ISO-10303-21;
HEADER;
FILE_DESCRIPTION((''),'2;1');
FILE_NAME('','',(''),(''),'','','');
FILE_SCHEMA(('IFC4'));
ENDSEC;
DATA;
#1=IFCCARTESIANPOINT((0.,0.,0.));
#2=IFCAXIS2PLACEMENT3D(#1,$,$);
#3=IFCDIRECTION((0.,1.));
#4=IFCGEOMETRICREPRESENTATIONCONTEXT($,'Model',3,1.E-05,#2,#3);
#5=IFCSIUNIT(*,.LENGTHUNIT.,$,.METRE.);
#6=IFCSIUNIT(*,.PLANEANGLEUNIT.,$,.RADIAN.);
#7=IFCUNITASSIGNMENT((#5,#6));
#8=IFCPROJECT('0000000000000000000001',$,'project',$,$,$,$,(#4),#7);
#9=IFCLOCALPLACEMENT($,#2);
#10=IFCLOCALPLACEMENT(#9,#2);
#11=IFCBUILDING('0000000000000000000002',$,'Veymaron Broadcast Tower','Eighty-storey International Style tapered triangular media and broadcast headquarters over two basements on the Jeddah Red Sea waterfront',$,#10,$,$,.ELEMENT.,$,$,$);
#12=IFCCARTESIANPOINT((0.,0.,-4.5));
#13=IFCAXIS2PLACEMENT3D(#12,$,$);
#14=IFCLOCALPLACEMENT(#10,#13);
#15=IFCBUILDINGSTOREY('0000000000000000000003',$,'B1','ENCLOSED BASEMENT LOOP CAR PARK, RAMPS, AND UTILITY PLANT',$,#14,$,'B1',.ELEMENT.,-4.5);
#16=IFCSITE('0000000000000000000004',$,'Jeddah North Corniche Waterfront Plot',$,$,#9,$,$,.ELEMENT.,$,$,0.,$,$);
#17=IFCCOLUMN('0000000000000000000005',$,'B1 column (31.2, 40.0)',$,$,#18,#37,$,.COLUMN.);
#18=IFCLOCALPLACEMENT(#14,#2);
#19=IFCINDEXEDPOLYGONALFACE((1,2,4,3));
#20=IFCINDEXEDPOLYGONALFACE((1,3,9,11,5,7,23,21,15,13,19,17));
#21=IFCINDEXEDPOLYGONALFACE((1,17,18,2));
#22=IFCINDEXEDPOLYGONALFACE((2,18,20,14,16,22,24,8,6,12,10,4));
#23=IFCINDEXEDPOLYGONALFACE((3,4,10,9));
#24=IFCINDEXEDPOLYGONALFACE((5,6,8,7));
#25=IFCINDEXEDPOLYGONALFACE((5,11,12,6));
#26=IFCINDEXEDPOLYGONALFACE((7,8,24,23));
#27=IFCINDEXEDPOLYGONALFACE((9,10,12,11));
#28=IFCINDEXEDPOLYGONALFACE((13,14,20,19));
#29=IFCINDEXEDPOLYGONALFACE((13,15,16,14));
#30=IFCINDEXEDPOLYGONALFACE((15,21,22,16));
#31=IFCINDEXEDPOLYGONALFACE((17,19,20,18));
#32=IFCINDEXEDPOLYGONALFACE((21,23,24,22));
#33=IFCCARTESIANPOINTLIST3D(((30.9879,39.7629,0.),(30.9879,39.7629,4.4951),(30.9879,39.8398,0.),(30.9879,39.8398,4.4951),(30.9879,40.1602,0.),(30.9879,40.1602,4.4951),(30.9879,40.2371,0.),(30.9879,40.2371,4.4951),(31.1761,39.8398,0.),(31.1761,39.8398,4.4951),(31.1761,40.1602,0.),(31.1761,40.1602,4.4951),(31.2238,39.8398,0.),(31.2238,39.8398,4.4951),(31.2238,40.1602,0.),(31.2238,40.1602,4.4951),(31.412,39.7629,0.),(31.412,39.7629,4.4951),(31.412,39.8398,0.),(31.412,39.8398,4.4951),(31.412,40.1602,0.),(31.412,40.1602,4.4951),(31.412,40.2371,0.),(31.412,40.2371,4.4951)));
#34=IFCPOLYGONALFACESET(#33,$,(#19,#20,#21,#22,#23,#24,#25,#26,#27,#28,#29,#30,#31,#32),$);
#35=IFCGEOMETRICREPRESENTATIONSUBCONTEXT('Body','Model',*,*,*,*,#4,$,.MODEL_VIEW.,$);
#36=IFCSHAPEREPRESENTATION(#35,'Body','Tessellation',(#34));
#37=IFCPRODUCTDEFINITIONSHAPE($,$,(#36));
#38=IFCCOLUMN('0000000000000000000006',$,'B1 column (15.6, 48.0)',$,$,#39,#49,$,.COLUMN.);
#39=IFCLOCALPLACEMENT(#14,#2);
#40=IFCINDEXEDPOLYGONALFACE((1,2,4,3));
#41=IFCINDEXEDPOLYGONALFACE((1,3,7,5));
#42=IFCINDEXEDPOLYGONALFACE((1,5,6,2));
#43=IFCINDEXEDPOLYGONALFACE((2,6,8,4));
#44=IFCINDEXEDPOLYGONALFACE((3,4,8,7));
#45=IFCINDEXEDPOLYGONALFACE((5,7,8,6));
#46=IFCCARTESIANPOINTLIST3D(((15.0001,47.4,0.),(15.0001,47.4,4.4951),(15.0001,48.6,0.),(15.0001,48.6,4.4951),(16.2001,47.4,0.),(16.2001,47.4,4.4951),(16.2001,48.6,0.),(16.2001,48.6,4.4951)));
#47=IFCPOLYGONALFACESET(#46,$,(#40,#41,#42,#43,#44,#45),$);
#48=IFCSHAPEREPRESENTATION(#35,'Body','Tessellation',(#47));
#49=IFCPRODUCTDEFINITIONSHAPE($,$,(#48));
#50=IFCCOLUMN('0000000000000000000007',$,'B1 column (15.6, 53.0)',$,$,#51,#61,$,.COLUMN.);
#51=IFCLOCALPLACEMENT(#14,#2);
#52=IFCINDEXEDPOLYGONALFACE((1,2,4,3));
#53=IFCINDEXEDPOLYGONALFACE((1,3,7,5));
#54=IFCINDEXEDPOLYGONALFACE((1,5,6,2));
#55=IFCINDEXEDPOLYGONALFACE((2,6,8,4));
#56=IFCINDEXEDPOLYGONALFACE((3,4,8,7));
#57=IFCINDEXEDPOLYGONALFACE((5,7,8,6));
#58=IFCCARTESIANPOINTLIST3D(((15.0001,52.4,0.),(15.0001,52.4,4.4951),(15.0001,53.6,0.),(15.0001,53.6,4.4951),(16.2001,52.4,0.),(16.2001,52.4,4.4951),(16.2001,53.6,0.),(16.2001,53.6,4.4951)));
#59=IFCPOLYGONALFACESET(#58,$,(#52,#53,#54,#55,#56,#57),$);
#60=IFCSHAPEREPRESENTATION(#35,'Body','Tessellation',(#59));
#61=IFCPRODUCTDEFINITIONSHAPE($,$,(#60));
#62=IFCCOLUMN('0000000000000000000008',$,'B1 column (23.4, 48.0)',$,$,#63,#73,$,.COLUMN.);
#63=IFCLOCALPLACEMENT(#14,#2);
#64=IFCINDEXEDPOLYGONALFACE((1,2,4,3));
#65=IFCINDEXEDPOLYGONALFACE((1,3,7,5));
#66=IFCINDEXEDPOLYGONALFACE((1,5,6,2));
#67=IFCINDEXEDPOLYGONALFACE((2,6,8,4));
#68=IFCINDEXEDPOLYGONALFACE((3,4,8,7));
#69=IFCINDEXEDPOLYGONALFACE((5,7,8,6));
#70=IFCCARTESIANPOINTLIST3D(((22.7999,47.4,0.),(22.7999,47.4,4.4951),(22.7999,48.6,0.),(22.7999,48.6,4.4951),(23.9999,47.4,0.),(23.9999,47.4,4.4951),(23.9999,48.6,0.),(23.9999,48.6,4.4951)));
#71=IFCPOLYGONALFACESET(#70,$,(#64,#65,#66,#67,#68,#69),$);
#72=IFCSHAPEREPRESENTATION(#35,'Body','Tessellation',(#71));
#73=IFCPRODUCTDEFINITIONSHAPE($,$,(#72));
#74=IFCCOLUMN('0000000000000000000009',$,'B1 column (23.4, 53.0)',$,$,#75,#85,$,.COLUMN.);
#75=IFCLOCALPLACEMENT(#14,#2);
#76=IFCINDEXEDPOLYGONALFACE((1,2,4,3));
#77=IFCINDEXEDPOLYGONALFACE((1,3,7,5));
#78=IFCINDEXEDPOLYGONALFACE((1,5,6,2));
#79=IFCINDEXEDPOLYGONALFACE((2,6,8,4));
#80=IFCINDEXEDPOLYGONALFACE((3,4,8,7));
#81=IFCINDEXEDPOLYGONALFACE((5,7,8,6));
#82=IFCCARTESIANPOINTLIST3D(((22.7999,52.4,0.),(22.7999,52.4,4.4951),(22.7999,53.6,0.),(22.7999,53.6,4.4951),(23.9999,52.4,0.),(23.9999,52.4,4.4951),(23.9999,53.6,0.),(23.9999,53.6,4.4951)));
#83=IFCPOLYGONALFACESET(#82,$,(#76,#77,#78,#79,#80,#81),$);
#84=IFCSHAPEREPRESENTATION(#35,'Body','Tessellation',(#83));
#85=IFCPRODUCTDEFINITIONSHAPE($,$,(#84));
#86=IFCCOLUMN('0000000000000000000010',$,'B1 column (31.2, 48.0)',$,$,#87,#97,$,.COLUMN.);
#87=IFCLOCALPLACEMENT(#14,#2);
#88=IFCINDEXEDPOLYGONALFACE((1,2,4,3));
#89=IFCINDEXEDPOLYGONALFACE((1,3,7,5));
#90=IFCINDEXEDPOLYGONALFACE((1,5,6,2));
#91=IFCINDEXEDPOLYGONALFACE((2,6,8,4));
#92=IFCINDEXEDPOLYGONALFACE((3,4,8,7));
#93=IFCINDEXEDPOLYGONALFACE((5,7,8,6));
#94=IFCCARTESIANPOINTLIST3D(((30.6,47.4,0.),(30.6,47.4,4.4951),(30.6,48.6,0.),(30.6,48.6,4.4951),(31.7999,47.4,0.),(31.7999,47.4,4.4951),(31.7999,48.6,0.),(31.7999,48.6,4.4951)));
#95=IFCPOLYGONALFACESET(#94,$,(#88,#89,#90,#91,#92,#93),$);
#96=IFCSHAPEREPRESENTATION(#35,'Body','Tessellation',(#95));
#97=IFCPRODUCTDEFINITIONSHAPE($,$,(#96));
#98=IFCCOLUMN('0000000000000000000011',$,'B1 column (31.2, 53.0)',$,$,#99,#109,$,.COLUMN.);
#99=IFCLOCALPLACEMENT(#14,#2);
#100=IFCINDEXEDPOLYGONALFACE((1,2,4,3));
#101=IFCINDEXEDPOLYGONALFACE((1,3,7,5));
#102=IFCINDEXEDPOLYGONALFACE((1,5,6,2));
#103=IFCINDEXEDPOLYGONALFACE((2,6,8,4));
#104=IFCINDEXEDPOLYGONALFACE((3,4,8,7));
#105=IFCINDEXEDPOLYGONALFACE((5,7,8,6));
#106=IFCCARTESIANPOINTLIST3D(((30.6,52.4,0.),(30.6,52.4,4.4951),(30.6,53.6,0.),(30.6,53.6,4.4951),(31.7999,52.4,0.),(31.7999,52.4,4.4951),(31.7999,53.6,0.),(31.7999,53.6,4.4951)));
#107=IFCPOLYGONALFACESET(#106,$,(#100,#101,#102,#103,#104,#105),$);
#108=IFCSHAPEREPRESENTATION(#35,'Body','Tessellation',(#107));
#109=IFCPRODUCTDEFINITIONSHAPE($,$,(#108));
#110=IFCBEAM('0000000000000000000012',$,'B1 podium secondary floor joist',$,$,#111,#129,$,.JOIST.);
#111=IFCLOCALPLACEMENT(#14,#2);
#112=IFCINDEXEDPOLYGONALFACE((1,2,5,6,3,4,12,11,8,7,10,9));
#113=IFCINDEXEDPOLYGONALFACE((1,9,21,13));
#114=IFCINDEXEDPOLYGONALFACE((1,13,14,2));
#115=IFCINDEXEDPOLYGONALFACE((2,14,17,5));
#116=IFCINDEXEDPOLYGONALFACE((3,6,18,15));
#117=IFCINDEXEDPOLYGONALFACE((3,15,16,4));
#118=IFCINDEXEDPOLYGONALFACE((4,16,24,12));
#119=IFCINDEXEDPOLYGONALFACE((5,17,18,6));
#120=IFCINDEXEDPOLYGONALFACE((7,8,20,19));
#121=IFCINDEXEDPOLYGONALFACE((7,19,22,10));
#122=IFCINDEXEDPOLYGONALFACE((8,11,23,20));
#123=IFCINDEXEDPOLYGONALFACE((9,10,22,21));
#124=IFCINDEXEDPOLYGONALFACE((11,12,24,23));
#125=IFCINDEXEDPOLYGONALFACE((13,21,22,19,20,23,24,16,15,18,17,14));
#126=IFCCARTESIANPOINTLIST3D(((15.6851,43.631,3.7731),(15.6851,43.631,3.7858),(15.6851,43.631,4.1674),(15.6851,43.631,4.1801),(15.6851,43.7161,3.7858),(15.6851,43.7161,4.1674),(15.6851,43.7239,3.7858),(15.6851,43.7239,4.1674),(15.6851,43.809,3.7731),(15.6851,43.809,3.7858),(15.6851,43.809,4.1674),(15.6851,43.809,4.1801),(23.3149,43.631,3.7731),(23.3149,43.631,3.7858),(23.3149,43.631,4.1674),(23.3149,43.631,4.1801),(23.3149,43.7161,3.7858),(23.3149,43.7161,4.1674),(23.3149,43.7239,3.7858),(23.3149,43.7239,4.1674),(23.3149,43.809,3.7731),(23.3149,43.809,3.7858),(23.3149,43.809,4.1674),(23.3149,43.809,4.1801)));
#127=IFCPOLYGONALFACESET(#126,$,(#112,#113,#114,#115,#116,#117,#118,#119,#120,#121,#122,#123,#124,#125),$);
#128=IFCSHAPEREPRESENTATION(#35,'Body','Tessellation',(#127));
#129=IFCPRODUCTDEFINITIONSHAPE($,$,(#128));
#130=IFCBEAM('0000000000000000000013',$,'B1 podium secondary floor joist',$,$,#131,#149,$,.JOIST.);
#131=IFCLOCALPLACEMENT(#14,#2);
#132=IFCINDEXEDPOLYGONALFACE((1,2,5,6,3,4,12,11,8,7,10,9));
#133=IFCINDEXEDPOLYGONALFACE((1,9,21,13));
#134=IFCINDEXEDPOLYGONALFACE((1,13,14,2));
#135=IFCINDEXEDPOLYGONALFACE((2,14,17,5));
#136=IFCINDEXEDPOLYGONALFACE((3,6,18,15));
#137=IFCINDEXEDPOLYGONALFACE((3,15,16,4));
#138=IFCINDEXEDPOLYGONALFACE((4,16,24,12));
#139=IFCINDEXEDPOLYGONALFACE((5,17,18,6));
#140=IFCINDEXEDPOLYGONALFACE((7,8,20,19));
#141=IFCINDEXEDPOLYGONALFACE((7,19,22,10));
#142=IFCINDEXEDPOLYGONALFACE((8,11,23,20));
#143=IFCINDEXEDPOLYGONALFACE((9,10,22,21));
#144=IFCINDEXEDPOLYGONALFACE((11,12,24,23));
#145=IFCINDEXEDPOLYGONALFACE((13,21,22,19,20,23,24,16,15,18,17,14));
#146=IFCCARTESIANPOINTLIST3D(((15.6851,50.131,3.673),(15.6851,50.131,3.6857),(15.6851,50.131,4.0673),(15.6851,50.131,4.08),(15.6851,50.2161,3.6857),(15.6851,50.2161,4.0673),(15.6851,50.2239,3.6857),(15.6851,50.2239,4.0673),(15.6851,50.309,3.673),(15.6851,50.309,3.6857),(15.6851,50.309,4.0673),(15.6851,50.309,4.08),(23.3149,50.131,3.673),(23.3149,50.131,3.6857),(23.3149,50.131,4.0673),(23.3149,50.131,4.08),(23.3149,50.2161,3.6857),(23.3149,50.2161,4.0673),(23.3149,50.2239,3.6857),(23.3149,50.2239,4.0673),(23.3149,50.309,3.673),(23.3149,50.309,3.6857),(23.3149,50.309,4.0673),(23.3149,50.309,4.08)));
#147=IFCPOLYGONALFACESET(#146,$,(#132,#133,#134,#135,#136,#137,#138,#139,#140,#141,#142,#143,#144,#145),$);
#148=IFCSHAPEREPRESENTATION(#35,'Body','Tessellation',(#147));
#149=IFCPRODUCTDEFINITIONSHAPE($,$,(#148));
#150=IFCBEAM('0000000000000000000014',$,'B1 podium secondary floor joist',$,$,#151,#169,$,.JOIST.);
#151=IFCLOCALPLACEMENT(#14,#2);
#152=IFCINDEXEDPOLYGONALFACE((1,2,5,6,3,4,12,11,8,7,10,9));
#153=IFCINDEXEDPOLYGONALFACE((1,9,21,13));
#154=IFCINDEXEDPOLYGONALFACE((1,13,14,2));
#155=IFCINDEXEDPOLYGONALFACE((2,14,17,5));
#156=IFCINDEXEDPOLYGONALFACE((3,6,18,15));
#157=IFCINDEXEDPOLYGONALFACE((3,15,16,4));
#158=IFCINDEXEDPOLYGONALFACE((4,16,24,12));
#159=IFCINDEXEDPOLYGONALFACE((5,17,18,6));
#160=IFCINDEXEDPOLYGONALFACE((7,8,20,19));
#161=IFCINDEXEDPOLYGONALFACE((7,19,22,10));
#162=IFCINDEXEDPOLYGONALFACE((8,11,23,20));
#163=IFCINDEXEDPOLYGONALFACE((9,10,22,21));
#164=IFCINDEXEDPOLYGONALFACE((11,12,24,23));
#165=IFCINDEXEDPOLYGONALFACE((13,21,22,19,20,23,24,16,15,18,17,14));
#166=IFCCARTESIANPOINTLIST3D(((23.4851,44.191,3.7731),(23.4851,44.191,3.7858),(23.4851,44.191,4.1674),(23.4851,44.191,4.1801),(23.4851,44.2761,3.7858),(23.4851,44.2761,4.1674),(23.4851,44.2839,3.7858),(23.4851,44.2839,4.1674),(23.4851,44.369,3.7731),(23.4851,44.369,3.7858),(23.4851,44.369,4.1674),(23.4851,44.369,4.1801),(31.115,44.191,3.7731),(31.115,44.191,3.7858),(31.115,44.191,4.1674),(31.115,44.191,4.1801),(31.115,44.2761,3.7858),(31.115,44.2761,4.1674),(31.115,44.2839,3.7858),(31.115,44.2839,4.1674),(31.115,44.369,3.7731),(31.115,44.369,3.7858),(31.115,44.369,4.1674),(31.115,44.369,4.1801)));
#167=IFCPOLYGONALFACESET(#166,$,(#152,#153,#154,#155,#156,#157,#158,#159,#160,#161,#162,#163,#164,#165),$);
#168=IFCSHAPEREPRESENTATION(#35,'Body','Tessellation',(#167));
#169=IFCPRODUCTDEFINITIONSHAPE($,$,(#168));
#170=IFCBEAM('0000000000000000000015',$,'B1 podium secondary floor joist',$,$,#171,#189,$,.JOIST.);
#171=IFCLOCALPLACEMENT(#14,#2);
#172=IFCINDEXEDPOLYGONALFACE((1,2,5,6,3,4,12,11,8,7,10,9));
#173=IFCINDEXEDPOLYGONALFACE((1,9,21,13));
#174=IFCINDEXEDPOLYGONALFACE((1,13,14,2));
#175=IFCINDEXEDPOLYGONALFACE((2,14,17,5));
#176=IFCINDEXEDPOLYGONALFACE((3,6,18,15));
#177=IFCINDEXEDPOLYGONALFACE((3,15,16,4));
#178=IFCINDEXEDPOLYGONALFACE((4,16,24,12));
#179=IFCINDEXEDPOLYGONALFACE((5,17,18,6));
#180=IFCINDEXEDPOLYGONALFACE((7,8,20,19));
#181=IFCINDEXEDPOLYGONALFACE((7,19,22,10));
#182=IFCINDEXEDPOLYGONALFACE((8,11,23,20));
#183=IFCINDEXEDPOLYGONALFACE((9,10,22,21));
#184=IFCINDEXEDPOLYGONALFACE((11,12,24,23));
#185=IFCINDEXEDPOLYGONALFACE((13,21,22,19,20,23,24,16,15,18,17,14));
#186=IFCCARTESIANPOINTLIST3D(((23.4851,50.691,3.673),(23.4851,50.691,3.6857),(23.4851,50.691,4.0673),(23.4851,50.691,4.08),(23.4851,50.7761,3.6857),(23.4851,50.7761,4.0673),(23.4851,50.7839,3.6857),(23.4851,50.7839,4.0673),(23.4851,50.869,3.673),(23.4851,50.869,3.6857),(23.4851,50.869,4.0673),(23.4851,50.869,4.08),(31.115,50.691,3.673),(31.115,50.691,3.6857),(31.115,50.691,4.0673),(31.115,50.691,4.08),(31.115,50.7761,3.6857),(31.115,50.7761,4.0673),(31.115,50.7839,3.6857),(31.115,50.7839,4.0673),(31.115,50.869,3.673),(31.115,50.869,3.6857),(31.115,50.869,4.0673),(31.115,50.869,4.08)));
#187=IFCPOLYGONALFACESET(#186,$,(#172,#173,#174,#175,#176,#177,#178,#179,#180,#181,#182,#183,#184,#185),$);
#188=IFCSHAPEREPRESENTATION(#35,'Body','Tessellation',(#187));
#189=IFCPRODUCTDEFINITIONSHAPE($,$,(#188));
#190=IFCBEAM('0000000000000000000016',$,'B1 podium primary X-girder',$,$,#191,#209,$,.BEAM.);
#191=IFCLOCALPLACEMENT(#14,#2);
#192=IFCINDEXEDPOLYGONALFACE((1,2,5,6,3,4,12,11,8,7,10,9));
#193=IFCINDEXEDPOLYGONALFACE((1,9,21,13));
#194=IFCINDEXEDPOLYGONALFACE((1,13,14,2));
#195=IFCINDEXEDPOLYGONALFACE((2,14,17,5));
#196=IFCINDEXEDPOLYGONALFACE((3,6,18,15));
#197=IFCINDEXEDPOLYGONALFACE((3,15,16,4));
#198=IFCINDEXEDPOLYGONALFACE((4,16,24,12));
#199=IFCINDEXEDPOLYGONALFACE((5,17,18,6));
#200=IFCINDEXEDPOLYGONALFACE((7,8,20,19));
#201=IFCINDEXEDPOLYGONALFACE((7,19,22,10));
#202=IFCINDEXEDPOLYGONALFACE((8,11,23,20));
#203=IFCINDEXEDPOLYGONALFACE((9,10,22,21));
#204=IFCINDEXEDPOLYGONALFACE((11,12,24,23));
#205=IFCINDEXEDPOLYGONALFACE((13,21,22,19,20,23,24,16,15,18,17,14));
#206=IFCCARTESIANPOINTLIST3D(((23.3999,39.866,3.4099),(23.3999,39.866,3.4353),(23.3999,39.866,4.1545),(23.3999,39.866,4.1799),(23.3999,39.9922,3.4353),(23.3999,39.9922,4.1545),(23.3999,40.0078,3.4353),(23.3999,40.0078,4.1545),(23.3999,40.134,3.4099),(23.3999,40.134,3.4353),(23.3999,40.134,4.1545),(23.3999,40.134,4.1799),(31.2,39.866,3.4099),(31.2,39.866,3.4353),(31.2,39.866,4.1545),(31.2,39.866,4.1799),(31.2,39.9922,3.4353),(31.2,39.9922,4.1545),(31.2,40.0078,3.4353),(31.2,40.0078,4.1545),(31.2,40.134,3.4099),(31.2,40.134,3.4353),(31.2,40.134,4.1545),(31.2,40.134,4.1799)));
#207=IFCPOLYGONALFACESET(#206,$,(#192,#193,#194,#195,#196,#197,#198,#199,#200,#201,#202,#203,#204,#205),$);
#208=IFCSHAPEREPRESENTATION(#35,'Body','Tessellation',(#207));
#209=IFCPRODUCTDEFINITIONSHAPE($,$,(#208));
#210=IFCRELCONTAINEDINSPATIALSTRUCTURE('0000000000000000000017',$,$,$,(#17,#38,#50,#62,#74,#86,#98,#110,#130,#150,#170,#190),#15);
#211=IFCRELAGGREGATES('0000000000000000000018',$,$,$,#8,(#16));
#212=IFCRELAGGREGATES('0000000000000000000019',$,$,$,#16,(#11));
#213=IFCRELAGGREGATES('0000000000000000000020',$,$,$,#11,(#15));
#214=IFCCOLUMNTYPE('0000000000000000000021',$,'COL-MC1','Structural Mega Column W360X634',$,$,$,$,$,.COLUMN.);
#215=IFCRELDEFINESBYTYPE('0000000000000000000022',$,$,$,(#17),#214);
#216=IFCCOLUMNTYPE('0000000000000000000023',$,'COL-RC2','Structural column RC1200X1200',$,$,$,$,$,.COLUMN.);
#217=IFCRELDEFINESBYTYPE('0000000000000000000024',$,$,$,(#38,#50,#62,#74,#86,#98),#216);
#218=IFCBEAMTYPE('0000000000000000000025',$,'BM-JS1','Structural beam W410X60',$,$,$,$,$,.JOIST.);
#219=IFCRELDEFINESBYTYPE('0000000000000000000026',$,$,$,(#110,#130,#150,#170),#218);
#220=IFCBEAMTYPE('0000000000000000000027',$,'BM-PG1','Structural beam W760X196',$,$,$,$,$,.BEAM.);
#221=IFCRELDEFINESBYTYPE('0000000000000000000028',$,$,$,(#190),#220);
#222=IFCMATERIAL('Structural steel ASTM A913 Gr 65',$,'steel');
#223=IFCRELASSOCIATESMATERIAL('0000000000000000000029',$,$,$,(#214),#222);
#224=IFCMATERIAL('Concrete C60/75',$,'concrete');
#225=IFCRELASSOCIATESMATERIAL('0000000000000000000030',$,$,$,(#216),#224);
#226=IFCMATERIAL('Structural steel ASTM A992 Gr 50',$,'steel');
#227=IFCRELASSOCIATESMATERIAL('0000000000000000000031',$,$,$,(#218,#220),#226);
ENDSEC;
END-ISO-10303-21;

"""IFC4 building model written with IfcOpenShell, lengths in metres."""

from ifc_helpers import new_model, si_unit, direction, frame, origin, origin_2d, place, context, subcontext, project, spatial, rectangle, i_section, extrude, material, material_profile, profile_set, type_object, element, save


model = new_model("IFC4")

# Units and contexts
model_context = context("Model", 3, precision=1e-05, world=origin(), true_north=direction((0.0, 1.0)))
body_context = subcontext(model_context, "Body", "Model", "MODEL_VIEW")
ifc_project = project(units=[si_unit("LENGTHUNIT", "METRE"), si_unit("PLANEANGLEUNIT", "RADIAN")], contexts=[model_context])

# Site, building, storey
site_placement = place(None, origin())
site = spatial("IfcSite", under=ifc_project, at=site_placement, Name="Jeddah North Corniche Waterfront Plot", CompositionType="ELEMENT", RefElevation=0.0)
building_placement = place(site_placement, origin())
building = spatial("IfcBuilding", under=site, at=building_placement, Name="Veymaron Broadcast Tower", Description="Eighty-storey International Style tapered triangular media and broadcast headquarters over two basements on the Jeddah Red Sea waterfront", CompositionType="ELEMENT")
storey_placement = place(building_placement, frame((0.0, 0.0, -4.5)))
storey = spatial("IfcBuildingStorey", under=building, at=storey_placement, Name="B1", Description="ENCLOSED BASEMENT LOOP CAR PARK, RAMPS, AND UTILITY PLANT", LongName="B1", CompositionType="ELEMENT", Elevation=-4.5)

# Columns
ifc_material_1 = material(Name="Structural steel ASTM A913 Gr 65", Category="steel")
ifc_material_profile_1 = material_profile(ifc_material_1, i_section(OverallWidth=0.4241, OverallDepth=0.4741, WebThickness=0.0476, FlangeThickness=0.0769, at=origin_2d()), Name="W360X634")
ifc_profile_set_1 = profile_set([ifc_material_profile_1], Name="Structural steel ASTM A913 Gr 65")
column_type_1 = type_object("IfcColumnType", Name="COL-MC1", Description="Structural Mega Column W360X634", PredefinedType="COLUMN", material=ifc_profile_set_1)
column_placement = place(storey_placement, frame((31.2, 40.0, 0.0), z_axis=(0.0, 0.0, 1.0), x_axis=(1.0, 0.0, 0.0)))
element("IfcColumn", 1, at=column_placement, inside=storey, type_object=column_type_1, Name="B1 column (31.2, 40.0)", PredefinedType="COLUMN", context=body_context, shape_type="SweptSolid", body=[
    extrude(i_section(OverallWidth=0.4241, OverallDepth=0.4741, WebThickness=0.0476, FlangeThickness=0.0769, at=origin_2d()), origin(), (0.0, 0.0, 1.0), 4.4951),
])
ifc_material_2 = material(Name="Concrete C60/75", Category="concrete")
ifc_material_profile_2 = material_profile(ifc_material_2, rectangle(XDim=1.2, YDim=1.2, at=origin_2d()), Name="RC1200X1200")
ifc_profile_set_2 = profile_set([ifc_material_profile_2], Name="Concrete C60/75")
column_type_2 = type_object("IfcColumnType", Name="COL-RC2", Description="Structural column RC1200X1200", PredefinedType="COLUMN", material=ifc_profile_set_2)
for number, where, z_axis, x_axis, name in (
    (2, (15.6001, 48.0, 0.0), (0.0, 0.0, 1.0), (1.0, 0.0, 0.0), "B1 column (15.6, 48.0)"),
    (3, (15.6001, 53.0, 0.0), (0.0, 0.0, 1.0), (1.0, 0.0, 0.0), "B1 column (15.6, 53.0)"),
    (4, (23.3999, 48.0, 0.0), (0.0, 0.0, 1.0), (1.0, 0.0, 0.0), "B1 column (23.4, 48.0)"),
    (5, (23.3999, 53.0, 0.0), (0.0, 0.0, 1.0), (1.0, 0.0, 0.0), "B1 column (23.4, 53.0)"),
    (6, (31.2, 48.0, 0.0), (0.0, 0.0, 1.0), (1.0, 0.0, 0.0), "B1 column (31.2, 48.0)"),
    (7, (31.2, 53.0, 0.0), (0.0, 0.0, 1.0), (1.0, 0.0, 0.0), "B1 column (31.2, 53.0)"),
):
    element("IfcColumn", number, at=place(storey_placement, frame(where, z_axis=z_axis, x_axis=x_axis)), inside=storey, type_object=column_type_2, Name=name, PredefinedType="COLUMN", context=body_context, shape_type="SweptSolid", body=[
        extrude(rectangle(XDim=1.2, YDim=1.2, at=origin_2d()), origin(), (0.0, 0.0, 1.0), 4.4951),
    ])

# Beams
ifc_material_3 = material(Name="Structural steel ASTM A992 Gr 50", Category="steel")
ifc_material_profile_3 = material_profile(ifc_material_3, i_section(OverallWidth=0.178, OverallDepth=0.407, WebThickness=0.0078, FlangeThickness=0.0127, at=origin_2d()), Name="W410X60")
ifc_profile_set_3 = profile_set([ifc_material_profile_3], Name="Structural steel ASTM A992 Gr 50")
beam_type_1 = type_object("IfcBeamType", Name="BM-JS1", Description="Structural beam W410X60", PredefinedType="JOIST", material=ifc_profile_set_3)
for number, where, z_axis, x_axis, name in (
    (8, (15.6851, 43.72, 3.9766), (1.0, 0.0, 0.0), (0.0, 1.0, 0.0), "B1 podium secondary floor joist"),
    (9, (15.6851, 50.22, 3.8765), (1.0, 0.0, 0.0), (0.0, 1.0, 0.0), "B1 podium secondary floor joist"),
    (10, (23.4851, 44.28, 3.9766), (1.0, 0.0, 0.0), (0.0, 1.0, 0.0), "B1 podium secondary floor joist"),
    (11, (23.4851, 50.78, 3.8765), (1.0, 0.0, 0.0), (0.0, 1.0, 0.0), "B1 podium secondary floor joist"),
):
    element("IfcBeam", number, at=place(storey_placement, frame(where, z_axis=z_axis, x_axis=x_axis)), inside=storey, type_object=beam_type_1, Name=name, PredefinedType="JOIST", context=body_context, shape_type="SweptSolid", body=[
        extrude(i_section(OverallWidth=0.178, OverallDepth=0.407, WebThickness=0.0078, FlangeThickness=0.0127, at=origin_2d()), origin(), (0.0, 0.0, 1.0), 7.6299),
    ])
ifc_material_profile_4 = material_profile(ifc_material_3, i_section(OverallWidth=0.2681, OverallDepth=0.77, WebThickness=0.0156, FlangeThickness=0.0254, at=origin_2d()), Name="W760X196")
ifc_profile_set_4 = profile_set([ifc_material_profile_4], Name="Structural steel ASTM A992 Gr 50")
beam_type_2 = type_object("IfcBeamType", Name="BM-PG1", Description="Structural beam W760X196", PredefinedType="BEAM", material=ifc_profile_set_4)
for number, where, z_axis, x_axis, name in (
    (12, (23.3999, 40.0, 3.7949), (1.0, 0.0, 0.0), (0.0, 1.0, 0.0), "B1 podium primary X-girder"),
):
    element("IfcBeam", number, at=place(storey_placement, frame(where, z_axis=z_axis, x_axis=x_axis)), inside=storey, type_object=beam_type_2, Name=name, PredefinedType="BEAM", context=body_context, shape_type="SweptSolid", body=[
        extrude(i_section(OverallWidth=0.2681, OverallDepth=0.77, WebThickness=0.0156, FlangeThickness=0.0254, at=origin_2d()), origin(), (0.0, 0.0, 1.0), 7.8),
    ])

save(model, "model.ifc")
